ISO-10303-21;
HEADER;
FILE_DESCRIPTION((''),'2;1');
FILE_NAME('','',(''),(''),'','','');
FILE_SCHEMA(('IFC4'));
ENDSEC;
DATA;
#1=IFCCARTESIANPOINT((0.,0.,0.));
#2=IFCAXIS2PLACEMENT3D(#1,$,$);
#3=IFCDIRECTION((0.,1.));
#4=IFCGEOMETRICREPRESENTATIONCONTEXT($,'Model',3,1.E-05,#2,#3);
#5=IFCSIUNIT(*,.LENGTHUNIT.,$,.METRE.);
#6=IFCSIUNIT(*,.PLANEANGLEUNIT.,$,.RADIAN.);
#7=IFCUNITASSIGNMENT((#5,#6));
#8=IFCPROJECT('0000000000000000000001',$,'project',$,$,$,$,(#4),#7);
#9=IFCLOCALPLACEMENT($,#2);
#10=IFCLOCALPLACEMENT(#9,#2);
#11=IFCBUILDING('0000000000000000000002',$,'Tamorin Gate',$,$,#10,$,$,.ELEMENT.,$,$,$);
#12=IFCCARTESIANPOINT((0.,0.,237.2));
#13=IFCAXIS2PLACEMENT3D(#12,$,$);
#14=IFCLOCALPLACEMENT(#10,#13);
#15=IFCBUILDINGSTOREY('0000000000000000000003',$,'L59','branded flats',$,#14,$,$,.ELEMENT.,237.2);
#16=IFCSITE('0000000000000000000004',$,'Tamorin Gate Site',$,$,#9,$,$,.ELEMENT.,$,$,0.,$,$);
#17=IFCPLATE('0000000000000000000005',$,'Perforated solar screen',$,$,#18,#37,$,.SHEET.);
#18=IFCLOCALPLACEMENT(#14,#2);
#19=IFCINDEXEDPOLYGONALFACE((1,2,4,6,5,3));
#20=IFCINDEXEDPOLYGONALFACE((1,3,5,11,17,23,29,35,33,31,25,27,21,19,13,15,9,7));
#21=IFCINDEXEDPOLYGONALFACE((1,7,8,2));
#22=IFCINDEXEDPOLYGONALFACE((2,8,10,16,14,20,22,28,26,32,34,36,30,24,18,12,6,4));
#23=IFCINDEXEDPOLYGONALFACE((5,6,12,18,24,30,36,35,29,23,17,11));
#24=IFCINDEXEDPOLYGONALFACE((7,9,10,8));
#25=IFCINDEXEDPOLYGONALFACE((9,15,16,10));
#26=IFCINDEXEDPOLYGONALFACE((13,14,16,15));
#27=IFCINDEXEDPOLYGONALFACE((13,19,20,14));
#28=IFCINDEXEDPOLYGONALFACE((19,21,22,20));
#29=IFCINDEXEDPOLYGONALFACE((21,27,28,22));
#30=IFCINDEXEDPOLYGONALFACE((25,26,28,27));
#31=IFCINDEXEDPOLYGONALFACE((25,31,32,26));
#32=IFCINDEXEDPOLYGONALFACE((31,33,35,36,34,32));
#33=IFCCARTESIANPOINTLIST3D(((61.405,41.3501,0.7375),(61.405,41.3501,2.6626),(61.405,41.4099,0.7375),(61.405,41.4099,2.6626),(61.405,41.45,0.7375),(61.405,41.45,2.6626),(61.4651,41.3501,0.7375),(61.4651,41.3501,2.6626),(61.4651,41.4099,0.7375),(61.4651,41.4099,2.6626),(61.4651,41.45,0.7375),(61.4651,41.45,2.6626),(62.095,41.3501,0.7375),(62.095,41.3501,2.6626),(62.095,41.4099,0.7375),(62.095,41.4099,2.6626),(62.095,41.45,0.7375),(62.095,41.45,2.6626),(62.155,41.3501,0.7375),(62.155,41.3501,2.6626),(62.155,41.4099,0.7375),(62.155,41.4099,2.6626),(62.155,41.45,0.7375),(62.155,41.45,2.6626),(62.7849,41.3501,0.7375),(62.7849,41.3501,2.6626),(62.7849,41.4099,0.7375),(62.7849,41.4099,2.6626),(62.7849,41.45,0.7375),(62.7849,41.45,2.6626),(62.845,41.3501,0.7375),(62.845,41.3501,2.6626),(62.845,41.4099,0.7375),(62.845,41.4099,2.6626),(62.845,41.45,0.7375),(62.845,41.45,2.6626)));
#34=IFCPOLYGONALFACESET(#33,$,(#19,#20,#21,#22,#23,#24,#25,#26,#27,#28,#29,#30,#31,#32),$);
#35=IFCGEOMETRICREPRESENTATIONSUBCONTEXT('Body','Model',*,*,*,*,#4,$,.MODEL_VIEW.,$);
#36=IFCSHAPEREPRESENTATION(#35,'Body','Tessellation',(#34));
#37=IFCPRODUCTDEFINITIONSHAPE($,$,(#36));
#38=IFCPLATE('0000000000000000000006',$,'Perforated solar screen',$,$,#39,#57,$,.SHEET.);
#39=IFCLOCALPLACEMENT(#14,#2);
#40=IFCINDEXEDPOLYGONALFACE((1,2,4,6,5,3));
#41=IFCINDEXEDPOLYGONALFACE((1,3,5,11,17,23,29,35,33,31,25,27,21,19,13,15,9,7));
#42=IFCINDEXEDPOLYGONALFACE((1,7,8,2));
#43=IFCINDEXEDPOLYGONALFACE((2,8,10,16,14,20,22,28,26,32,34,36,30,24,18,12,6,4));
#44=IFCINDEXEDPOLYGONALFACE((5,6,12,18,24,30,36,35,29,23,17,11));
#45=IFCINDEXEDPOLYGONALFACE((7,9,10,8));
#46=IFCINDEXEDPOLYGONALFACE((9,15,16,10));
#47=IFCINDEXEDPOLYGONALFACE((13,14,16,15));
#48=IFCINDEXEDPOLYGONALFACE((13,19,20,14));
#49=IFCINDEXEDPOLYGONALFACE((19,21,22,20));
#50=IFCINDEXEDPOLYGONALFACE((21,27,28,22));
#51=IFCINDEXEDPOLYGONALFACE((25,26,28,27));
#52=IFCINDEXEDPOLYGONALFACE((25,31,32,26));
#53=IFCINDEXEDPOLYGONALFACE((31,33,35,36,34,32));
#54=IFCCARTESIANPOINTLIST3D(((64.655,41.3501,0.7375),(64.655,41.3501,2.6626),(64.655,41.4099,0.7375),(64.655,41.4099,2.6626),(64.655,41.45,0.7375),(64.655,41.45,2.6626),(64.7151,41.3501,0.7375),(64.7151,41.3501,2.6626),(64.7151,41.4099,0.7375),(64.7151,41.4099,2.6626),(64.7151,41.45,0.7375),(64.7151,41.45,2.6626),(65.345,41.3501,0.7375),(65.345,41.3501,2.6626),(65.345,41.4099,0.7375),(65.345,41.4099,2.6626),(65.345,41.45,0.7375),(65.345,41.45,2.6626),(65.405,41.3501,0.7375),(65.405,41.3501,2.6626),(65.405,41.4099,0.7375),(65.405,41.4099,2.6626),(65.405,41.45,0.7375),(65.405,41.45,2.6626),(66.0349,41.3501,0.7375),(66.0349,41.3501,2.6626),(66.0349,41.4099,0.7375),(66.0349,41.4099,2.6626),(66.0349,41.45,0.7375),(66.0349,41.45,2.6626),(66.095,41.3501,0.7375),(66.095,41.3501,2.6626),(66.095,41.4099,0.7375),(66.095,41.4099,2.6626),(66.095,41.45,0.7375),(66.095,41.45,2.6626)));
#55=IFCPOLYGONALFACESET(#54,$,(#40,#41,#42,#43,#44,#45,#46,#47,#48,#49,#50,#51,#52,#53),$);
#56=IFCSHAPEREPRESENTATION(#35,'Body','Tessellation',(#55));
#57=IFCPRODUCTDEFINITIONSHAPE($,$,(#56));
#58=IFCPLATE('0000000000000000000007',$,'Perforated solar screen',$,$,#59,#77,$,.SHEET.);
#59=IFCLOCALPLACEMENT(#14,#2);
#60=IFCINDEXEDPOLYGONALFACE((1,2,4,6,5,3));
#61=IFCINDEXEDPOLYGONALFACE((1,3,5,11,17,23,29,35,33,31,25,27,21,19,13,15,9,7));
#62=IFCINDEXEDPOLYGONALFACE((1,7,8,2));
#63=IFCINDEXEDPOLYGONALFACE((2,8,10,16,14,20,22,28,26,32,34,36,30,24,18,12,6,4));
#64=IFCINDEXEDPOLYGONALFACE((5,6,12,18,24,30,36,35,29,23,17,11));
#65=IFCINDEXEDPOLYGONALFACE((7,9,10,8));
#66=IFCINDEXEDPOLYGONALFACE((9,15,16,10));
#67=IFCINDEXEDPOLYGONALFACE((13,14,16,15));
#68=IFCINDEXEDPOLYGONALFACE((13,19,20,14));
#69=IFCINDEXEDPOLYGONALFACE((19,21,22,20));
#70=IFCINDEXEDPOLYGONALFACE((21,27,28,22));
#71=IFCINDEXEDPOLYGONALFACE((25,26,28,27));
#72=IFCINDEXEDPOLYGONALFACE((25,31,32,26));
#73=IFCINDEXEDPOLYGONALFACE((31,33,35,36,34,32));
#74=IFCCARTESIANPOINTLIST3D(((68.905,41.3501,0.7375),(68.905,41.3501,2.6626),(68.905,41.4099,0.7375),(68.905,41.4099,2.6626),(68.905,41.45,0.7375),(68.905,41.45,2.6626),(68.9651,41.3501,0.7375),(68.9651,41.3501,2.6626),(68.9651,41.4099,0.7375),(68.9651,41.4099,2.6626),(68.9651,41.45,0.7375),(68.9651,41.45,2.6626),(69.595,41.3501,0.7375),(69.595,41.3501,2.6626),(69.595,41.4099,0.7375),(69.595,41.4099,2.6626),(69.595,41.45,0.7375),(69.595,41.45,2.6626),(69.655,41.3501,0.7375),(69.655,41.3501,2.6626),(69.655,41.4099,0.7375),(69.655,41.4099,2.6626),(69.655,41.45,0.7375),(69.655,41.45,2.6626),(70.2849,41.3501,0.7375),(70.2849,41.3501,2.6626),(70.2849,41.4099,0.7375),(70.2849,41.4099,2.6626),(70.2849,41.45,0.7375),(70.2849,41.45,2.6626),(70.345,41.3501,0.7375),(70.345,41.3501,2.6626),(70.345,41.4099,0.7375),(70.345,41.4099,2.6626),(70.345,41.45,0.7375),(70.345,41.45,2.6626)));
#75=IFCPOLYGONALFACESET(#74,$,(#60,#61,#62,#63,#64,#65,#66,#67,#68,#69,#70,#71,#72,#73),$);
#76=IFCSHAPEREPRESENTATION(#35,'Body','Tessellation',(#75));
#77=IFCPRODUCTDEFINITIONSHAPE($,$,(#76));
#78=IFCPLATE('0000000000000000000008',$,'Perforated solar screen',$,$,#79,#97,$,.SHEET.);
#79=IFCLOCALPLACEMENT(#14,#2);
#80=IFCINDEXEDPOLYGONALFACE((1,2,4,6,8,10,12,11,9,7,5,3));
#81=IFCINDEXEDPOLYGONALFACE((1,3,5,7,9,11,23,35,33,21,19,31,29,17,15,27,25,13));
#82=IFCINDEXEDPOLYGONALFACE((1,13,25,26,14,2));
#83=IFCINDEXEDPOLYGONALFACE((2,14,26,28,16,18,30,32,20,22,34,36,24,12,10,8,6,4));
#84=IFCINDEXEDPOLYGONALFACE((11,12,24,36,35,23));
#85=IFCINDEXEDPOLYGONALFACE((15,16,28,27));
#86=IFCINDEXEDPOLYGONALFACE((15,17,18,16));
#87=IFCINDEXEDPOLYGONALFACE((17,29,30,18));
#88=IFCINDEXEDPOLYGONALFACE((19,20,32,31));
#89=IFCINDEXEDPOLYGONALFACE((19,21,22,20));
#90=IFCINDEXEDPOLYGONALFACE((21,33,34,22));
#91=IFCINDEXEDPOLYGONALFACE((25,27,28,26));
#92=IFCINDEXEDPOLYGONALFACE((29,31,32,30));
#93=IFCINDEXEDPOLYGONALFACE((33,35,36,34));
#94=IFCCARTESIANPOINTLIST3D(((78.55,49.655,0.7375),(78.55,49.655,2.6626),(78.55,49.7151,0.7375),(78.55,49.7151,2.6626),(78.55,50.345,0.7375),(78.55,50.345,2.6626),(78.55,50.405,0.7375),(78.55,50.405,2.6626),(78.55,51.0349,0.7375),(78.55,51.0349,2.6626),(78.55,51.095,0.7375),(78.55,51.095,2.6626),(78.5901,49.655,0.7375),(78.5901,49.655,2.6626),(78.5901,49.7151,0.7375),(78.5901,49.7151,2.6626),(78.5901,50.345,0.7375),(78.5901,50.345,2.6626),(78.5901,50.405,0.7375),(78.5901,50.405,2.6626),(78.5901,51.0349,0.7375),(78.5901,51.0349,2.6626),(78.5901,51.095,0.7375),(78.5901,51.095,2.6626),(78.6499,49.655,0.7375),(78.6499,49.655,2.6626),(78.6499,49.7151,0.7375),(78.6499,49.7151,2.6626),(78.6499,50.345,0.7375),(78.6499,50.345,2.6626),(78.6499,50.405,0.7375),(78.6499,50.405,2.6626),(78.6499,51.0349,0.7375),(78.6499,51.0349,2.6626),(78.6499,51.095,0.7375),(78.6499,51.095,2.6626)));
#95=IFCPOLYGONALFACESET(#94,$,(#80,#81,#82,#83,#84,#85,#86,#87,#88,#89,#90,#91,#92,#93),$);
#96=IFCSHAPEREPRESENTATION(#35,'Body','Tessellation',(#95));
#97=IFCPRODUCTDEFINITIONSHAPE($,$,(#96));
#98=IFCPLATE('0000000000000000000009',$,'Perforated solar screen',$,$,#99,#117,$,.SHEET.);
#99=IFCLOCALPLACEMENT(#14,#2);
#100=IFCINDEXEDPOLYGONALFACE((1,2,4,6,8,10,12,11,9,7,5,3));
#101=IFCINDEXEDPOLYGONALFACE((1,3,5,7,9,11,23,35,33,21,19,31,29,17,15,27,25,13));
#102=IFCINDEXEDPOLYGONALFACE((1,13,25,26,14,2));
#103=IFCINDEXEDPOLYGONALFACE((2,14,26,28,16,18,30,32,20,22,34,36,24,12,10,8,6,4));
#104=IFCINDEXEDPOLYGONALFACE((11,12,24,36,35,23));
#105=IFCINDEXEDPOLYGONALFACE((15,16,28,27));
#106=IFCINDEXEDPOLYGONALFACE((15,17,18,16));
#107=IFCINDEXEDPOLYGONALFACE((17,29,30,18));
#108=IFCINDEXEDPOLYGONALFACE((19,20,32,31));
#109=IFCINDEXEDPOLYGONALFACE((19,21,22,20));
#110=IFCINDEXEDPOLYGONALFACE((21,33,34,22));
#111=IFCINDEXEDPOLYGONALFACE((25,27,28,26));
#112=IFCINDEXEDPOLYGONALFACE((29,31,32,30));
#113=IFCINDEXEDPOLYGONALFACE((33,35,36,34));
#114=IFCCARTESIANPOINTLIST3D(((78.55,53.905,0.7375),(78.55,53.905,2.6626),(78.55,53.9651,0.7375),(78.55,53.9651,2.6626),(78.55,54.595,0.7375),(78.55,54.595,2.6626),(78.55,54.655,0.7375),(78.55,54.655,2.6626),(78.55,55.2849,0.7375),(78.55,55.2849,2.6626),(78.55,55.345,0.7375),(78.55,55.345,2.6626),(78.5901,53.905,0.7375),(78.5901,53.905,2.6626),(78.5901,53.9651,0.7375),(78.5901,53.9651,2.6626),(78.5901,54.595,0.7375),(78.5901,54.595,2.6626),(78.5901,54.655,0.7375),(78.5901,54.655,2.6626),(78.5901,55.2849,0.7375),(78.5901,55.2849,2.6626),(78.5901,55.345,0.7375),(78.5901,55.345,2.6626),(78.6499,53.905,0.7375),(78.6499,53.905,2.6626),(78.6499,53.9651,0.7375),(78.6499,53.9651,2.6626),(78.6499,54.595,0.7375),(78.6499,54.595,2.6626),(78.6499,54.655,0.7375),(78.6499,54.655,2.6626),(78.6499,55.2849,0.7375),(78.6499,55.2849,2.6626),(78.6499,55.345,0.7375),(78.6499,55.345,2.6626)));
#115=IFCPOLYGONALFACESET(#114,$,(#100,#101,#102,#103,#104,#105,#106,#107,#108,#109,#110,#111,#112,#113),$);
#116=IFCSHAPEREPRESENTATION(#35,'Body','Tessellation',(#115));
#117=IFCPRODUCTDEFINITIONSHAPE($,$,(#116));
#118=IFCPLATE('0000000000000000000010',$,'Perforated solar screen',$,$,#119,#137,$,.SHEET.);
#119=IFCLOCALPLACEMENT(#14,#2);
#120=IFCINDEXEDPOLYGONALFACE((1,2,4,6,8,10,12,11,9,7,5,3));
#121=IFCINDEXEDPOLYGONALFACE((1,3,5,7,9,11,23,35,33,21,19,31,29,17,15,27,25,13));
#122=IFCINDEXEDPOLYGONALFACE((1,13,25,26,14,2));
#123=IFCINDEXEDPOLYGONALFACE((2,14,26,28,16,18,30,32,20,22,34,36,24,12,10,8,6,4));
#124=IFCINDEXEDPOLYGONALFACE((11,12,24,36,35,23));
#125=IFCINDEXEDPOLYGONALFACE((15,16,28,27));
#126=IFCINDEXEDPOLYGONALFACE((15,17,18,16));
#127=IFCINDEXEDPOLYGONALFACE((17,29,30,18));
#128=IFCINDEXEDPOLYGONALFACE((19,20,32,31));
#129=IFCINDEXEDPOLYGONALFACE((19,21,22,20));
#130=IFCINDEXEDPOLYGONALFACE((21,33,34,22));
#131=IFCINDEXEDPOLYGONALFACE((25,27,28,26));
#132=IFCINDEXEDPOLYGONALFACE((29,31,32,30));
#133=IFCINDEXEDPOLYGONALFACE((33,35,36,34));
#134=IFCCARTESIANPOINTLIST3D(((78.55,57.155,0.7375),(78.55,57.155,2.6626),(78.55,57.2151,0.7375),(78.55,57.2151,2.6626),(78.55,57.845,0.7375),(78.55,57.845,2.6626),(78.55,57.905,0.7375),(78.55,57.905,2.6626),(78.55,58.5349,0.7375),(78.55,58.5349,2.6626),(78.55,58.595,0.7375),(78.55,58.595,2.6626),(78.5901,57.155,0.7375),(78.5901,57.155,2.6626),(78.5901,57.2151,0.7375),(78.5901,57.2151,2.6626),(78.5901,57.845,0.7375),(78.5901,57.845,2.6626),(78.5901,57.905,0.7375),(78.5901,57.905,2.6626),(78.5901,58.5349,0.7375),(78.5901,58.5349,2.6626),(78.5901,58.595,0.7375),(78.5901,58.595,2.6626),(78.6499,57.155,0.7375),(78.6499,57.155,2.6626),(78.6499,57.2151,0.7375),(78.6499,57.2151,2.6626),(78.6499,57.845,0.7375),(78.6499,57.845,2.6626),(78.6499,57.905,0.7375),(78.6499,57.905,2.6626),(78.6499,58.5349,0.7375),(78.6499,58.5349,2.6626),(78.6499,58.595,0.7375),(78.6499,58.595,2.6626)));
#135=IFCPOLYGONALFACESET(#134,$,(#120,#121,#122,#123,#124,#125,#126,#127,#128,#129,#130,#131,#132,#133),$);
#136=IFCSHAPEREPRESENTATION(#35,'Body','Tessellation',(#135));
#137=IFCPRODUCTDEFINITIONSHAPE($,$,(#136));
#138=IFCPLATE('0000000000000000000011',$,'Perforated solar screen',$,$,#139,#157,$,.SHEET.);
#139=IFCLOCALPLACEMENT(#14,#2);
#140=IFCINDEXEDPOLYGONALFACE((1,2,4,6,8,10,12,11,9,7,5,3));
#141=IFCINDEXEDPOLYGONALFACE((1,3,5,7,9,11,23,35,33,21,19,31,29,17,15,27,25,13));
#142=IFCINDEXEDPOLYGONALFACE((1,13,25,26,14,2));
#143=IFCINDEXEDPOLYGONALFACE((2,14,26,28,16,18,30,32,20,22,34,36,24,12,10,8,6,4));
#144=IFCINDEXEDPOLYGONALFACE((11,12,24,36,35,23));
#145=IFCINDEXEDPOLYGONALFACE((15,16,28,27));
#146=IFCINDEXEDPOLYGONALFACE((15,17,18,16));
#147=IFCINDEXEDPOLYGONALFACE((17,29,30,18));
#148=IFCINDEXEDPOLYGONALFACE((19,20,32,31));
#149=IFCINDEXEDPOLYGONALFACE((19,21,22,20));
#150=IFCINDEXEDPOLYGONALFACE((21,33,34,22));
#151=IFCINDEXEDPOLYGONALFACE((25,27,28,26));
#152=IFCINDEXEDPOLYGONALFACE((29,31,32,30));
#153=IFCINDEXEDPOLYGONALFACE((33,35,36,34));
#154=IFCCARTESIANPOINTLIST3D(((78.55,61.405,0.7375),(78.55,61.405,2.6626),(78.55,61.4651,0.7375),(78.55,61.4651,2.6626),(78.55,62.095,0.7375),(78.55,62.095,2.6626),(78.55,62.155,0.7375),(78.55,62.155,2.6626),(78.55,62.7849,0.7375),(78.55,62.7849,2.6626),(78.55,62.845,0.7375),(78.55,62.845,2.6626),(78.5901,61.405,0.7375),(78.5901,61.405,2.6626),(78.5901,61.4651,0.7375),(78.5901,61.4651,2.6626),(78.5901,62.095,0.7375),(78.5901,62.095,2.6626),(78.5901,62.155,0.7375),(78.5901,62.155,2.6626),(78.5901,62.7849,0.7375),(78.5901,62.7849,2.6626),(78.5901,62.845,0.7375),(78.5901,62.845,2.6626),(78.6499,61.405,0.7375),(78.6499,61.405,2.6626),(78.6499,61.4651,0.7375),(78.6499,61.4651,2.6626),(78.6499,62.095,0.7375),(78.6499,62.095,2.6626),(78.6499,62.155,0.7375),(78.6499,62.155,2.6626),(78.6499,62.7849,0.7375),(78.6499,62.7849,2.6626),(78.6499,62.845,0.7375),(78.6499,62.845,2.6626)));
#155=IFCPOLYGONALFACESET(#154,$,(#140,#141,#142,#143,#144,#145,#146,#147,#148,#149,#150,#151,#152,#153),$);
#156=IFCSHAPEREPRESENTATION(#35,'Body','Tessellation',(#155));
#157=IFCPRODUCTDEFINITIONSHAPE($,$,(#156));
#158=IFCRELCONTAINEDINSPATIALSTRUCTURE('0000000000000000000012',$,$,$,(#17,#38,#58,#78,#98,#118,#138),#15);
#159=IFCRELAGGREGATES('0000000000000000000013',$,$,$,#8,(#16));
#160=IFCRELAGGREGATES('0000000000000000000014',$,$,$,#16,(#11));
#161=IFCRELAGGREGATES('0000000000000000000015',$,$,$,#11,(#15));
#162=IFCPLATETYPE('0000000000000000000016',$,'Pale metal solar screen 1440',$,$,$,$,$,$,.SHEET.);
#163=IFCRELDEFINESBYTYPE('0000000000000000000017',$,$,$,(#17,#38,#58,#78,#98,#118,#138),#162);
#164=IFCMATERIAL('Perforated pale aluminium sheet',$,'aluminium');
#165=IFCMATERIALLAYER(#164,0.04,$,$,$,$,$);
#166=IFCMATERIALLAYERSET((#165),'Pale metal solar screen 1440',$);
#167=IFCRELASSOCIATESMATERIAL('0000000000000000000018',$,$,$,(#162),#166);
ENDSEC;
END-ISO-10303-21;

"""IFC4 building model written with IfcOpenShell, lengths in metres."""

from ifc_helpers import new_model, si_unit, direction, frame, origin, place, context, subcontext, project, spatial, polyline, outline, extrude, material, layer, layer_set, type_object, element, save


model = new_model("IFC4")

# Units and contexts
model_context = context("Model", 3, precision=1e-05, world=origin(), true_north=direction((0.0, 1.0)))
body_context = subcontext(model_context, "Body", "Model", "MODEL_VIEW")
ifc_project = project(units=[si_unit("LENGTHUNIT", "METRE"), si_unit("PLANEANGLEUNIT", "RADIAN")], contexts=[model_context])

# Site, building, storey
site_placement = place(None, origin())
site = spatial("IfcSite", under=ifc_project, at=site_placement, Name="Tamorin Gate Site", CompositionType="ELEMENT", RefElevation=0.0)
building_placement = place(site_placement, origin())
building = spatial("IfcBuilding", under=site, at=building_placement, Name="Tamorin Gate", CompositionType="ELEMENT")
storey_placement = place(building_placement, frame((0.0, 0.0, 237.2)))
storey = spatial("IfcBuildingStorey", under=building, at=storey_placement, Name="L59", Description="branded flats", CompositionType="ELEMENT", Elevation=237.2)

# Plates
ifc_material_1 = material(Name="Perforated pale aluminium sheet", Category="aluminium")
ifc_layer_1 = layer(ifc_material_1, 0.04)
ifc_layer_set_1 = layer_set([ifc_layer_1], Name="Pale metal solar screen 1440")
plate_type = type_object("IfcPlateType", Name="Pale metal solar screen 1440", PredefinedType="SHEET", material=ifc_layer_set_1)
plate_1_placement = place(storey_placement, frame((0.0, 0.0, 0.7375)))
element("IfcPlate", 1, at=plate_1_placement, inside=storey, type_object=plate_type, Name="Perforated solar screen", PredefinedType="SHEET", context=body_context, shape_type="SweptSolid", body=[
    extrude(outline(polyline([(61.405, 41.4099), (61.405, 41.45), (61.4651, 41.45), (62.095, 41.45), (62.155, 41.45), (62.7849, 41.45), (62.845, 41.45), (62.845, 41.4099), (62.845, 41.3501), (62.7849, 41.3501), (62.7849, 41.4099), (62.155, 41.4099), (62.155, 41.3501), (62.095, 41.3501), (62.095, 41.4099), (61.4651, 41.4099), (61.4651, 41.3501), (61.405, 41.3501), (61.405, 41.4099)])), origin(), (0.0, 0.0, 1.0), 1.925),
])
plate_2_placement = place(storey_placement, frame((0.0, 0.0, 0.7375)))
element("IfcPlate", 2, at=plate_2_placement, inside=storey, type_object=plate_type, Name="Perforated solar screen", PredefinedType="SHEET", context=body_context, shape_type="SweptSolid", body=[
    extrude(outline(polyline([(64.655, 41.4099), (64.655, 41.45), (64.7151, 41.45), (65.345, 41.45), (65.405, 41.45), (66.0349, 41.45), (66.095, 41.45), (66.095, 41.4099), (66.095, 41.3501), (66.0349, 41.3501), (66.0349, 41.4099), (65.405, 41.4099), (65.405, 41.3501), (65.345, 41.3501), (65.345, 41.4099), (64.7151, 41.4099), (64.7151, 41.3501), (64.655, 41.3501), (64.655, 41.4099)])), origin(), (0.0, 0.0, 1.0), 1.925),
])
plate_3_placement = place(storey_placement, frame((0.0, 0.0, 0.7375)))
element("IfcPlate", 3, at=plate_3_placement, inside=storey, type_object=plate_type, Name="Perforated solar screen", PredefinedType="SHEET", context=body_context, shape_type="SweptSolid", body=[
    extrude(outline(polyline([(68.905, 41.4099), (68.905, 41.45), (68.9651, 41.45), (69.595, 41.45), (69.655, 41.45), (70.2849, 41.45), (70.345, 41.45), (70.345, 41.4099), (70.345, 41.3501), (70.2849, 41.3501), (70.2849, 41.4099), (69.655, 41.4099), (69.655, 41.3501), (69.595, 41.3501), (69.595, 41.4099), (68.9651, 41.4099), (68.9651, 41.3501), (68.905, 41.3501), (68.905, 41.4099)])), origin(), (0.0, 0.0, 1.0), 1.925),
])
plate_4_placement = place(storey_placement, frame((0.0, 0.0, 0.7375)))
element("IfcPlate", 4, at=plate_4_placement, inside=storey, type_object=plate_type, Name="Perforated solar screen", PredefinedType="SHEET", context=body_context, shape_type="SweptSolid", body=[
    extrude(outline(polyline([(78.5901, 49.655), (78.55, 49.655), (78.55, 49.7151), (78.55, 50.345), (78.55, 50.405), (78.55, 51.0349), (78.55, 51.095), (78.55, 51.095), (78.5901, 51.095), (78.5901, 51.095), (78.6499, 51.095), (78.6499, 51.0349), (78.5901, 51.0349), (78.5901, 50.405), (78.6499, 50.405), (78.6499, 50.345), (78.5901, 50.345), (78.5901, 49.7151), (78.6499, 49.7151), (78.6499, 49.655), (78.5901, 49.655)])), origin(), (0.0, 0.0, 1.0), 1.925),
])
plate_5_placement = place(storey_placement, frame((0.0, 0.0, 0.7375)))
element("IfcPlate", 5, at=plate_5_placement, inside=storey, type_object=plate_type, Name="Perforated solar screen", PredefinedType="SHEET", context=body_context, shape_type="SweptSolid", body=[
    extrude(outline(polyline([(78.5901, 53.905), (78.55, 53.905), (78.55, 53.9651), (78.55, 54.595), (78.55, 54.655), (78.55, 55.2849), (78.55, 55.345), (78.5901, 55.345), (78.6499, 55.345), (78.6499, 55.2849), (78.5901, 55.2849), (78.5901, 54.655), (78.6499, 54.655), (78.6499, 54.595), (78.5901, 54.595), (78.5901, 53.9651), (78.6499, 53.9651), (78.6499, 53.905), (78.5901, 53.905)])), origin(), (0.0, 0.0, 1.0), 1.925),
])
plate_6_placement = place(storey_placement, frame((0.0, 0.0, 0.7375)))
element("IfcPlate", 6, at=plate_6_placement, inside=storey, type_object=plate_type, Name="Perforated solar screen", PredefinedType="SHEET", context=body_context, shape_type="SweptSolid", body=[
    extrude(outline(polyline([(78.5901, 57.155), (78.55, 57.155), (78.55, 57.2151), (78.55, 57.845), (78.55, 57.905), (78.55, 58.5349), (78.55, 58.595), (78.5901, 58.595), (78.6499, 58.595), (78.6499, 58.5349), (78.5901, 58.5349), (78.5901, 57.905), (78.6499, 57.905), (78.6499, 57.845), (78.5901, 57.845), (78.5901, 57.2151), (78.6499, 57.2151), (78.6499, 57.155), (78.5901, 57.155)])), origin(), (0.0, 0.0, 1.0), 1.925),
])
plate_7_placement = place(storey_placement, frame((0.0, 0.0, 0.7375)))
element("IfcPlate", 7, at=plate_7_placement, inside=storey, type_object=plate_type, Name="Perforated solar screen", PredefinedType="SHEET", context=body_context, shape_type="SweptSolid", body=[
    extrude(outline(polyline([(78.5901, 61.405), (78.55, 61.405), (78.55, 61.4651), (78.55, 62.095), (78.55, 62.155), (78.55, 62.7849), (78.55, 62.845), (78.5901, 62.845), (78.6499, 62.845), (78.6499, 62.7849), (78.5901, 62.7849), (78.5901, 62.155), (78.6499, 62.155), (78.6499, 62.095), (78.5901, 62.095), (78.5901, 61.4651), (78.6499, 61.4651), (78.6499, 61.405), (78.5901, 61.405)])), origin(), (0.0, 0.0, 1.0), 1.925),
])

save(model, "model.ifc")
